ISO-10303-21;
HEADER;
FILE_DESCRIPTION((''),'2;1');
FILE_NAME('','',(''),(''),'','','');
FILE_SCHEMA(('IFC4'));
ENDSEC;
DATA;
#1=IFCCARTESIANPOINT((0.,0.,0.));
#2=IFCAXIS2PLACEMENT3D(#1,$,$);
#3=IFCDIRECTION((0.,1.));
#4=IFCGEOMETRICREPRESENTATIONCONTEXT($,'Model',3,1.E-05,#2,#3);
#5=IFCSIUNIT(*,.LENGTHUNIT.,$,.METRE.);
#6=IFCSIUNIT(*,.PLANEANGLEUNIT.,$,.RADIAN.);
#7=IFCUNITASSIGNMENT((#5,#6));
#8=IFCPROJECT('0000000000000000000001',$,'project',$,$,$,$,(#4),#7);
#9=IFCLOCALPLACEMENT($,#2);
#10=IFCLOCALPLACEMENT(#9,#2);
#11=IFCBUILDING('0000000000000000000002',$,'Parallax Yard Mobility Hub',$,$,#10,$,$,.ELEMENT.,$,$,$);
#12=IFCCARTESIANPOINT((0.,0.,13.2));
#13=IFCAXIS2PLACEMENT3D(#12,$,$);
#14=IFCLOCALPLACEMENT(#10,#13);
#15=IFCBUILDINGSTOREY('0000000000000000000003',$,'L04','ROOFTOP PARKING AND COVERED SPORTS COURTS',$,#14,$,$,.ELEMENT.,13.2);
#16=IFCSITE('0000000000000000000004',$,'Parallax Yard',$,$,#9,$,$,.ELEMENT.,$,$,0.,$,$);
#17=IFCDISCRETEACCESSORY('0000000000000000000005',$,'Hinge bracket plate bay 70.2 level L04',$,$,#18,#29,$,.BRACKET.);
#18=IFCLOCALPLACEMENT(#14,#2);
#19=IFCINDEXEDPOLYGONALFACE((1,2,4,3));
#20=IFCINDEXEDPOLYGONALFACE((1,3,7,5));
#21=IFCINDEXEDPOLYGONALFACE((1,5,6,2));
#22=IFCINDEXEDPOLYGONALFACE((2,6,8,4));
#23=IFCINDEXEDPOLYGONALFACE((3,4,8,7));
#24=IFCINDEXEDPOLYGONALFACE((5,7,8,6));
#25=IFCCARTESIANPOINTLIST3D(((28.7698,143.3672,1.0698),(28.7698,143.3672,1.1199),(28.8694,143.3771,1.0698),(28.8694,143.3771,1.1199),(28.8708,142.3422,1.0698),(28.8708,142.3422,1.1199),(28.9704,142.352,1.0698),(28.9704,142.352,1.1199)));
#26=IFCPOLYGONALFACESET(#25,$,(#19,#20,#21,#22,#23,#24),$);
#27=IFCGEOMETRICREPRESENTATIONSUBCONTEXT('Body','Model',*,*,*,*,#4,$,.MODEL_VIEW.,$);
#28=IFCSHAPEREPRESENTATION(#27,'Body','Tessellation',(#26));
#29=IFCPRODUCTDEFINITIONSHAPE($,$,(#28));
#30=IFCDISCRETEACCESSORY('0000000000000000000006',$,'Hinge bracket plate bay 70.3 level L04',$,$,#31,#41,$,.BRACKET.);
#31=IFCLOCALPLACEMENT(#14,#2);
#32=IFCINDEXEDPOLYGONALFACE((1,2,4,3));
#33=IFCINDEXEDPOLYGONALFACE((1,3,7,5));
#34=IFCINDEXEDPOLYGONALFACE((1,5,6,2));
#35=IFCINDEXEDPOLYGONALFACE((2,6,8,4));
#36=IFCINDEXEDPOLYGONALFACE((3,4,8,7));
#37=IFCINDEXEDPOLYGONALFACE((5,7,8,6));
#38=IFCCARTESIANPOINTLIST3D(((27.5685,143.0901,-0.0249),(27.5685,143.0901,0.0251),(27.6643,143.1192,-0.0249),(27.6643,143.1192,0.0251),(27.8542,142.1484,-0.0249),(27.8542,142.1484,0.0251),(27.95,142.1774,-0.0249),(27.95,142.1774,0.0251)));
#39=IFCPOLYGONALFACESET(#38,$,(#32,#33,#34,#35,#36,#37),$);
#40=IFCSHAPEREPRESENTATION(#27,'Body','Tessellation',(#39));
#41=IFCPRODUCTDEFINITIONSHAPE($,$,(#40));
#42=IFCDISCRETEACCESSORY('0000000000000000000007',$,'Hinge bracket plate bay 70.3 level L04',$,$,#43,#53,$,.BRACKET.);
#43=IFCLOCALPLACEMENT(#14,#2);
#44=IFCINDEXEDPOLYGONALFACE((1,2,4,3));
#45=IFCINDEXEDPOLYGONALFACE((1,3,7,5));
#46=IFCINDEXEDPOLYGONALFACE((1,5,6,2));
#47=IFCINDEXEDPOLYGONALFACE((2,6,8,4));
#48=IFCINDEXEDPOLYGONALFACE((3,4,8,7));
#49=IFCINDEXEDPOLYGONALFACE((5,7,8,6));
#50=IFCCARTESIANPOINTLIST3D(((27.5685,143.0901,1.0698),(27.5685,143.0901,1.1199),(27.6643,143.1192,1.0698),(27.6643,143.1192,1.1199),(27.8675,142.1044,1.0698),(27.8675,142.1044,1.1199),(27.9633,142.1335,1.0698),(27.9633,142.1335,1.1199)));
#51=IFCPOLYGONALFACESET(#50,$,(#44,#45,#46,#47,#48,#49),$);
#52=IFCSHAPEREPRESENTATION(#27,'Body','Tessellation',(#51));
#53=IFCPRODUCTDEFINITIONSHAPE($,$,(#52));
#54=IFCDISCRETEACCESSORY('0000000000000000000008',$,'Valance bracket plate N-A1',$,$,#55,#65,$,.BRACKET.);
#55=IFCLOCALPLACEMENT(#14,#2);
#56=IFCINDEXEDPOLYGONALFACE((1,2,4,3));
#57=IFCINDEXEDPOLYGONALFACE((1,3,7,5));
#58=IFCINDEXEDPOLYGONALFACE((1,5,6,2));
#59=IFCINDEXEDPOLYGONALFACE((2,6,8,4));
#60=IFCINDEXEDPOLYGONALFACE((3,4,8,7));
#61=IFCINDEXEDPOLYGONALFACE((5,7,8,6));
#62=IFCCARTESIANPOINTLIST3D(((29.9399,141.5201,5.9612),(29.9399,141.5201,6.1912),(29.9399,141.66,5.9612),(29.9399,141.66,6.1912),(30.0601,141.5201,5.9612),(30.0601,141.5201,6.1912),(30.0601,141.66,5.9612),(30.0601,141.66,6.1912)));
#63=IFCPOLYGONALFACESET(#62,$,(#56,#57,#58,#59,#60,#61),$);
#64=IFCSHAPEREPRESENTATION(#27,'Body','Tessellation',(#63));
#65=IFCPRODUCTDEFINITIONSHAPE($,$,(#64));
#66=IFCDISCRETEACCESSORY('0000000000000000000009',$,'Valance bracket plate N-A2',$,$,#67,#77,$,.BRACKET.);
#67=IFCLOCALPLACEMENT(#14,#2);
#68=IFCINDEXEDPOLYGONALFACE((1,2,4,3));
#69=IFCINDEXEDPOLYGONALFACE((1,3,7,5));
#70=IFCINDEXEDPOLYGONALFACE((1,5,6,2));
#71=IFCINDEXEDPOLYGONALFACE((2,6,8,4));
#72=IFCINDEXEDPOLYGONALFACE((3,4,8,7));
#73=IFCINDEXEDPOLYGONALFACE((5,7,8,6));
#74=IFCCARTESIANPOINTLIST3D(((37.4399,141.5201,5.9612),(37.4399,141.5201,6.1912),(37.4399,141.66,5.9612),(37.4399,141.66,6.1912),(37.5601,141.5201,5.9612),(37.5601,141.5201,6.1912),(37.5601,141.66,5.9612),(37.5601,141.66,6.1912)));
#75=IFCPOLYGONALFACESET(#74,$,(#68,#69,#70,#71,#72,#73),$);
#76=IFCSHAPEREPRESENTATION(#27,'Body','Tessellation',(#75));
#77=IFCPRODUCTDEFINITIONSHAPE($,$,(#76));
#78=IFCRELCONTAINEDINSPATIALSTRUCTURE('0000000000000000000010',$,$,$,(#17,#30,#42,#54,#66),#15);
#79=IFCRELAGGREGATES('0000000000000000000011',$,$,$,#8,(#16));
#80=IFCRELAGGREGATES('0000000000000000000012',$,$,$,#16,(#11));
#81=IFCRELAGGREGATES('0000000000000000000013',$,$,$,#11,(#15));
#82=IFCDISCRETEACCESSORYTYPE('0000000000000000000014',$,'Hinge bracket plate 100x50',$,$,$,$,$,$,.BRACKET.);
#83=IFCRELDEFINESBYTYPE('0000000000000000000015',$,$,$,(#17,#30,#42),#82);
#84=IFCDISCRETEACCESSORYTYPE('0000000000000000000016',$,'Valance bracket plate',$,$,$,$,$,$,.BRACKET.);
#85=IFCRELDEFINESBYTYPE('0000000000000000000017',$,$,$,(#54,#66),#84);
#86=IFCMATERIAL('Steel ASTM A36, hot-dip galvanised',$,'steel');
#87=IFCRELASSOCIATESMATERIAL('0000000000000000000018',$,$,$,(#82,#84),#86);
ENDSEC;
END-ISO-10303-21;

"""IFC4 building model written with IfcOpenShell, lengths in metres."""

from ifc_helpers import new_model, si_unit, direction, frame, origin, origin_2d, place, context, subcontext, project, spatial, rectangle, extrude, material, type_object, element, save


model = new_model("IFC4")

# Units and contexts
model_context = context("Model", 3, precision=1e-05, world=origin(), true_north=direction((0.0, 1.0)))
body_context = subcontext(model_context, "Body", "Model", "MODEL_VIEW")
ifc_project = project(units=[si_unit("LENGTHUNIT", "METRE"), si_unit("PLANEANGLEUNIT", "RADIAN")], contexts=[model_context])

# Site, building, storey
site_placement = place(None, origin())
site = spatial("IfcSite", under=ifc_project, at=site_placement, Name="Parallax Yard", CompositionType="ELEMENT", RefElevation=0.0)
building_placement = place(site_placement, origin())
building = spatial("IfcBuilding", under=site, at=building_placement, Name="Parallax Yard Mobility Hub", CompositionType="ELEMENT")
storey_placement = place(building_placement, frame((0.0, 0.0, 13.2)))
storey = spatial("IfcBuildingStorey", under=building, at=storey_placement, Name="L04", Description="ROOFTOP PARKING AND COVERED SPORTS COURTS", CompositionType="ELEMENT", Elevation=13.2)

# Discrete accessories
ifc_material_1 = material(Name="Steel ASTM A36, hot-dip galvanised", Category="steel")
discrete_accessory_type_1 = type_object("IfcDiscreteAccessoryType", Name="Hinge bracket plate 100x50", PredefinedType="BRACKET", material=ifc_material_1)
discrete_accessory_1_placement = place(storey_placement, frame((28.8701, 142.8596, 1.0698), z_axis=(0.0, 0.0, 1.0), x_axis=(-0.098017, 0.995185, 0.0)))
element("IfcDiscreteAccessory", 1, at=discrete_accessory_1_placement, inside=storey, type_object=discrete_accessory_type_1, Name="Hinge bracket plate bay 70.2 level L04", PredefinedType="BRACKET", context=body_context, shape_type="SweptSolid", body=[
    extrude(rectangle(XDim=1.03, YDim=0.1001, at=origin_2d()), origin(), (0.0, 0.0, 1.0), 0.05),
])
discrete_accessory_2_placement = place(storey_placement, frame((27.7593, 142.6338, -0.0249), z_axis=(0.0, 0.0, 1.0), x_axis=(-0.290285, 0.95694, 0.0)))
element("IfcDiscreteAccessory", 2, at=discrete_accessory_2_placement, inside=storey, type_object=discrete_accessory_type_1, Name="Hinge bracket plate bay 70.3 level L04", PredefinedType="BRACKET", context=body_context, shape_type="SweptSolid", body=[
    extrude(rectangle(XDim=0.9841, YDim=0.1001, at=origin_2d()), origin(), (0.0, 0.0, 1.0), 0.05),
])
discrete_accessory_3_placement = place(storey_placement, frame((27.7659, 142.6118, 1.0698), z_axis=(0.0, 0.0, 1.0), x_axis=(-0.290285, 0.95694, 0.0)))
element("IfcDiscreteAccessory", 3, at=discrete_accessory_3_placement, inside=storey, type_object=discrete_accessory_type_1, Name="Hinge bracket plate bay 70.3 level L04", PredefinedType="BRACKET", context=body_context, shape_type="SweptSolid", body=[
    extrude(rectangle(XDim=1.03, YDim=0.1001, at=origin_2d()), origin(), (0.0, 0.0, 1.0), 0.05),
])
discrete_accessory_type_2 = type_object("IfcDiscreteAccessoryType", Name="Valance bracket plate", PredefinedType="BRACKET", material=ifc_material_1)
for number, where, z_axis, x_axis, name in (
    (4, (30.0, 141.5901, 5.9612), (0.0, 0.0, 1.0), (0.0, 1.0, 0.0), "Valance bracket plate N-A1"),
    (5, (37.5, 141.5901, 5.9612), (0.0, 0.0, 1.0), (0.0, 1.0, 0.0), "Valance bracket plate N-A2"),
):
    element("IfcDiscreteAccessory", number, at=place(storey_placement, frame(where, z_axis=z_axis, x_axis=x_axis)), inside=storey, type_object=discrete_accessory_type_2, Name=name, PredefinedType="BRACKET", context=body_context, shape_type="SweptSolid", body=[
        extrude(rectangle(XDim=0.1399, YDim=0.1201, at=origin_2d()), origin(), (0.0, 0.0, 1.0), 0.23),
    ])

save(model, "model.ifc")
